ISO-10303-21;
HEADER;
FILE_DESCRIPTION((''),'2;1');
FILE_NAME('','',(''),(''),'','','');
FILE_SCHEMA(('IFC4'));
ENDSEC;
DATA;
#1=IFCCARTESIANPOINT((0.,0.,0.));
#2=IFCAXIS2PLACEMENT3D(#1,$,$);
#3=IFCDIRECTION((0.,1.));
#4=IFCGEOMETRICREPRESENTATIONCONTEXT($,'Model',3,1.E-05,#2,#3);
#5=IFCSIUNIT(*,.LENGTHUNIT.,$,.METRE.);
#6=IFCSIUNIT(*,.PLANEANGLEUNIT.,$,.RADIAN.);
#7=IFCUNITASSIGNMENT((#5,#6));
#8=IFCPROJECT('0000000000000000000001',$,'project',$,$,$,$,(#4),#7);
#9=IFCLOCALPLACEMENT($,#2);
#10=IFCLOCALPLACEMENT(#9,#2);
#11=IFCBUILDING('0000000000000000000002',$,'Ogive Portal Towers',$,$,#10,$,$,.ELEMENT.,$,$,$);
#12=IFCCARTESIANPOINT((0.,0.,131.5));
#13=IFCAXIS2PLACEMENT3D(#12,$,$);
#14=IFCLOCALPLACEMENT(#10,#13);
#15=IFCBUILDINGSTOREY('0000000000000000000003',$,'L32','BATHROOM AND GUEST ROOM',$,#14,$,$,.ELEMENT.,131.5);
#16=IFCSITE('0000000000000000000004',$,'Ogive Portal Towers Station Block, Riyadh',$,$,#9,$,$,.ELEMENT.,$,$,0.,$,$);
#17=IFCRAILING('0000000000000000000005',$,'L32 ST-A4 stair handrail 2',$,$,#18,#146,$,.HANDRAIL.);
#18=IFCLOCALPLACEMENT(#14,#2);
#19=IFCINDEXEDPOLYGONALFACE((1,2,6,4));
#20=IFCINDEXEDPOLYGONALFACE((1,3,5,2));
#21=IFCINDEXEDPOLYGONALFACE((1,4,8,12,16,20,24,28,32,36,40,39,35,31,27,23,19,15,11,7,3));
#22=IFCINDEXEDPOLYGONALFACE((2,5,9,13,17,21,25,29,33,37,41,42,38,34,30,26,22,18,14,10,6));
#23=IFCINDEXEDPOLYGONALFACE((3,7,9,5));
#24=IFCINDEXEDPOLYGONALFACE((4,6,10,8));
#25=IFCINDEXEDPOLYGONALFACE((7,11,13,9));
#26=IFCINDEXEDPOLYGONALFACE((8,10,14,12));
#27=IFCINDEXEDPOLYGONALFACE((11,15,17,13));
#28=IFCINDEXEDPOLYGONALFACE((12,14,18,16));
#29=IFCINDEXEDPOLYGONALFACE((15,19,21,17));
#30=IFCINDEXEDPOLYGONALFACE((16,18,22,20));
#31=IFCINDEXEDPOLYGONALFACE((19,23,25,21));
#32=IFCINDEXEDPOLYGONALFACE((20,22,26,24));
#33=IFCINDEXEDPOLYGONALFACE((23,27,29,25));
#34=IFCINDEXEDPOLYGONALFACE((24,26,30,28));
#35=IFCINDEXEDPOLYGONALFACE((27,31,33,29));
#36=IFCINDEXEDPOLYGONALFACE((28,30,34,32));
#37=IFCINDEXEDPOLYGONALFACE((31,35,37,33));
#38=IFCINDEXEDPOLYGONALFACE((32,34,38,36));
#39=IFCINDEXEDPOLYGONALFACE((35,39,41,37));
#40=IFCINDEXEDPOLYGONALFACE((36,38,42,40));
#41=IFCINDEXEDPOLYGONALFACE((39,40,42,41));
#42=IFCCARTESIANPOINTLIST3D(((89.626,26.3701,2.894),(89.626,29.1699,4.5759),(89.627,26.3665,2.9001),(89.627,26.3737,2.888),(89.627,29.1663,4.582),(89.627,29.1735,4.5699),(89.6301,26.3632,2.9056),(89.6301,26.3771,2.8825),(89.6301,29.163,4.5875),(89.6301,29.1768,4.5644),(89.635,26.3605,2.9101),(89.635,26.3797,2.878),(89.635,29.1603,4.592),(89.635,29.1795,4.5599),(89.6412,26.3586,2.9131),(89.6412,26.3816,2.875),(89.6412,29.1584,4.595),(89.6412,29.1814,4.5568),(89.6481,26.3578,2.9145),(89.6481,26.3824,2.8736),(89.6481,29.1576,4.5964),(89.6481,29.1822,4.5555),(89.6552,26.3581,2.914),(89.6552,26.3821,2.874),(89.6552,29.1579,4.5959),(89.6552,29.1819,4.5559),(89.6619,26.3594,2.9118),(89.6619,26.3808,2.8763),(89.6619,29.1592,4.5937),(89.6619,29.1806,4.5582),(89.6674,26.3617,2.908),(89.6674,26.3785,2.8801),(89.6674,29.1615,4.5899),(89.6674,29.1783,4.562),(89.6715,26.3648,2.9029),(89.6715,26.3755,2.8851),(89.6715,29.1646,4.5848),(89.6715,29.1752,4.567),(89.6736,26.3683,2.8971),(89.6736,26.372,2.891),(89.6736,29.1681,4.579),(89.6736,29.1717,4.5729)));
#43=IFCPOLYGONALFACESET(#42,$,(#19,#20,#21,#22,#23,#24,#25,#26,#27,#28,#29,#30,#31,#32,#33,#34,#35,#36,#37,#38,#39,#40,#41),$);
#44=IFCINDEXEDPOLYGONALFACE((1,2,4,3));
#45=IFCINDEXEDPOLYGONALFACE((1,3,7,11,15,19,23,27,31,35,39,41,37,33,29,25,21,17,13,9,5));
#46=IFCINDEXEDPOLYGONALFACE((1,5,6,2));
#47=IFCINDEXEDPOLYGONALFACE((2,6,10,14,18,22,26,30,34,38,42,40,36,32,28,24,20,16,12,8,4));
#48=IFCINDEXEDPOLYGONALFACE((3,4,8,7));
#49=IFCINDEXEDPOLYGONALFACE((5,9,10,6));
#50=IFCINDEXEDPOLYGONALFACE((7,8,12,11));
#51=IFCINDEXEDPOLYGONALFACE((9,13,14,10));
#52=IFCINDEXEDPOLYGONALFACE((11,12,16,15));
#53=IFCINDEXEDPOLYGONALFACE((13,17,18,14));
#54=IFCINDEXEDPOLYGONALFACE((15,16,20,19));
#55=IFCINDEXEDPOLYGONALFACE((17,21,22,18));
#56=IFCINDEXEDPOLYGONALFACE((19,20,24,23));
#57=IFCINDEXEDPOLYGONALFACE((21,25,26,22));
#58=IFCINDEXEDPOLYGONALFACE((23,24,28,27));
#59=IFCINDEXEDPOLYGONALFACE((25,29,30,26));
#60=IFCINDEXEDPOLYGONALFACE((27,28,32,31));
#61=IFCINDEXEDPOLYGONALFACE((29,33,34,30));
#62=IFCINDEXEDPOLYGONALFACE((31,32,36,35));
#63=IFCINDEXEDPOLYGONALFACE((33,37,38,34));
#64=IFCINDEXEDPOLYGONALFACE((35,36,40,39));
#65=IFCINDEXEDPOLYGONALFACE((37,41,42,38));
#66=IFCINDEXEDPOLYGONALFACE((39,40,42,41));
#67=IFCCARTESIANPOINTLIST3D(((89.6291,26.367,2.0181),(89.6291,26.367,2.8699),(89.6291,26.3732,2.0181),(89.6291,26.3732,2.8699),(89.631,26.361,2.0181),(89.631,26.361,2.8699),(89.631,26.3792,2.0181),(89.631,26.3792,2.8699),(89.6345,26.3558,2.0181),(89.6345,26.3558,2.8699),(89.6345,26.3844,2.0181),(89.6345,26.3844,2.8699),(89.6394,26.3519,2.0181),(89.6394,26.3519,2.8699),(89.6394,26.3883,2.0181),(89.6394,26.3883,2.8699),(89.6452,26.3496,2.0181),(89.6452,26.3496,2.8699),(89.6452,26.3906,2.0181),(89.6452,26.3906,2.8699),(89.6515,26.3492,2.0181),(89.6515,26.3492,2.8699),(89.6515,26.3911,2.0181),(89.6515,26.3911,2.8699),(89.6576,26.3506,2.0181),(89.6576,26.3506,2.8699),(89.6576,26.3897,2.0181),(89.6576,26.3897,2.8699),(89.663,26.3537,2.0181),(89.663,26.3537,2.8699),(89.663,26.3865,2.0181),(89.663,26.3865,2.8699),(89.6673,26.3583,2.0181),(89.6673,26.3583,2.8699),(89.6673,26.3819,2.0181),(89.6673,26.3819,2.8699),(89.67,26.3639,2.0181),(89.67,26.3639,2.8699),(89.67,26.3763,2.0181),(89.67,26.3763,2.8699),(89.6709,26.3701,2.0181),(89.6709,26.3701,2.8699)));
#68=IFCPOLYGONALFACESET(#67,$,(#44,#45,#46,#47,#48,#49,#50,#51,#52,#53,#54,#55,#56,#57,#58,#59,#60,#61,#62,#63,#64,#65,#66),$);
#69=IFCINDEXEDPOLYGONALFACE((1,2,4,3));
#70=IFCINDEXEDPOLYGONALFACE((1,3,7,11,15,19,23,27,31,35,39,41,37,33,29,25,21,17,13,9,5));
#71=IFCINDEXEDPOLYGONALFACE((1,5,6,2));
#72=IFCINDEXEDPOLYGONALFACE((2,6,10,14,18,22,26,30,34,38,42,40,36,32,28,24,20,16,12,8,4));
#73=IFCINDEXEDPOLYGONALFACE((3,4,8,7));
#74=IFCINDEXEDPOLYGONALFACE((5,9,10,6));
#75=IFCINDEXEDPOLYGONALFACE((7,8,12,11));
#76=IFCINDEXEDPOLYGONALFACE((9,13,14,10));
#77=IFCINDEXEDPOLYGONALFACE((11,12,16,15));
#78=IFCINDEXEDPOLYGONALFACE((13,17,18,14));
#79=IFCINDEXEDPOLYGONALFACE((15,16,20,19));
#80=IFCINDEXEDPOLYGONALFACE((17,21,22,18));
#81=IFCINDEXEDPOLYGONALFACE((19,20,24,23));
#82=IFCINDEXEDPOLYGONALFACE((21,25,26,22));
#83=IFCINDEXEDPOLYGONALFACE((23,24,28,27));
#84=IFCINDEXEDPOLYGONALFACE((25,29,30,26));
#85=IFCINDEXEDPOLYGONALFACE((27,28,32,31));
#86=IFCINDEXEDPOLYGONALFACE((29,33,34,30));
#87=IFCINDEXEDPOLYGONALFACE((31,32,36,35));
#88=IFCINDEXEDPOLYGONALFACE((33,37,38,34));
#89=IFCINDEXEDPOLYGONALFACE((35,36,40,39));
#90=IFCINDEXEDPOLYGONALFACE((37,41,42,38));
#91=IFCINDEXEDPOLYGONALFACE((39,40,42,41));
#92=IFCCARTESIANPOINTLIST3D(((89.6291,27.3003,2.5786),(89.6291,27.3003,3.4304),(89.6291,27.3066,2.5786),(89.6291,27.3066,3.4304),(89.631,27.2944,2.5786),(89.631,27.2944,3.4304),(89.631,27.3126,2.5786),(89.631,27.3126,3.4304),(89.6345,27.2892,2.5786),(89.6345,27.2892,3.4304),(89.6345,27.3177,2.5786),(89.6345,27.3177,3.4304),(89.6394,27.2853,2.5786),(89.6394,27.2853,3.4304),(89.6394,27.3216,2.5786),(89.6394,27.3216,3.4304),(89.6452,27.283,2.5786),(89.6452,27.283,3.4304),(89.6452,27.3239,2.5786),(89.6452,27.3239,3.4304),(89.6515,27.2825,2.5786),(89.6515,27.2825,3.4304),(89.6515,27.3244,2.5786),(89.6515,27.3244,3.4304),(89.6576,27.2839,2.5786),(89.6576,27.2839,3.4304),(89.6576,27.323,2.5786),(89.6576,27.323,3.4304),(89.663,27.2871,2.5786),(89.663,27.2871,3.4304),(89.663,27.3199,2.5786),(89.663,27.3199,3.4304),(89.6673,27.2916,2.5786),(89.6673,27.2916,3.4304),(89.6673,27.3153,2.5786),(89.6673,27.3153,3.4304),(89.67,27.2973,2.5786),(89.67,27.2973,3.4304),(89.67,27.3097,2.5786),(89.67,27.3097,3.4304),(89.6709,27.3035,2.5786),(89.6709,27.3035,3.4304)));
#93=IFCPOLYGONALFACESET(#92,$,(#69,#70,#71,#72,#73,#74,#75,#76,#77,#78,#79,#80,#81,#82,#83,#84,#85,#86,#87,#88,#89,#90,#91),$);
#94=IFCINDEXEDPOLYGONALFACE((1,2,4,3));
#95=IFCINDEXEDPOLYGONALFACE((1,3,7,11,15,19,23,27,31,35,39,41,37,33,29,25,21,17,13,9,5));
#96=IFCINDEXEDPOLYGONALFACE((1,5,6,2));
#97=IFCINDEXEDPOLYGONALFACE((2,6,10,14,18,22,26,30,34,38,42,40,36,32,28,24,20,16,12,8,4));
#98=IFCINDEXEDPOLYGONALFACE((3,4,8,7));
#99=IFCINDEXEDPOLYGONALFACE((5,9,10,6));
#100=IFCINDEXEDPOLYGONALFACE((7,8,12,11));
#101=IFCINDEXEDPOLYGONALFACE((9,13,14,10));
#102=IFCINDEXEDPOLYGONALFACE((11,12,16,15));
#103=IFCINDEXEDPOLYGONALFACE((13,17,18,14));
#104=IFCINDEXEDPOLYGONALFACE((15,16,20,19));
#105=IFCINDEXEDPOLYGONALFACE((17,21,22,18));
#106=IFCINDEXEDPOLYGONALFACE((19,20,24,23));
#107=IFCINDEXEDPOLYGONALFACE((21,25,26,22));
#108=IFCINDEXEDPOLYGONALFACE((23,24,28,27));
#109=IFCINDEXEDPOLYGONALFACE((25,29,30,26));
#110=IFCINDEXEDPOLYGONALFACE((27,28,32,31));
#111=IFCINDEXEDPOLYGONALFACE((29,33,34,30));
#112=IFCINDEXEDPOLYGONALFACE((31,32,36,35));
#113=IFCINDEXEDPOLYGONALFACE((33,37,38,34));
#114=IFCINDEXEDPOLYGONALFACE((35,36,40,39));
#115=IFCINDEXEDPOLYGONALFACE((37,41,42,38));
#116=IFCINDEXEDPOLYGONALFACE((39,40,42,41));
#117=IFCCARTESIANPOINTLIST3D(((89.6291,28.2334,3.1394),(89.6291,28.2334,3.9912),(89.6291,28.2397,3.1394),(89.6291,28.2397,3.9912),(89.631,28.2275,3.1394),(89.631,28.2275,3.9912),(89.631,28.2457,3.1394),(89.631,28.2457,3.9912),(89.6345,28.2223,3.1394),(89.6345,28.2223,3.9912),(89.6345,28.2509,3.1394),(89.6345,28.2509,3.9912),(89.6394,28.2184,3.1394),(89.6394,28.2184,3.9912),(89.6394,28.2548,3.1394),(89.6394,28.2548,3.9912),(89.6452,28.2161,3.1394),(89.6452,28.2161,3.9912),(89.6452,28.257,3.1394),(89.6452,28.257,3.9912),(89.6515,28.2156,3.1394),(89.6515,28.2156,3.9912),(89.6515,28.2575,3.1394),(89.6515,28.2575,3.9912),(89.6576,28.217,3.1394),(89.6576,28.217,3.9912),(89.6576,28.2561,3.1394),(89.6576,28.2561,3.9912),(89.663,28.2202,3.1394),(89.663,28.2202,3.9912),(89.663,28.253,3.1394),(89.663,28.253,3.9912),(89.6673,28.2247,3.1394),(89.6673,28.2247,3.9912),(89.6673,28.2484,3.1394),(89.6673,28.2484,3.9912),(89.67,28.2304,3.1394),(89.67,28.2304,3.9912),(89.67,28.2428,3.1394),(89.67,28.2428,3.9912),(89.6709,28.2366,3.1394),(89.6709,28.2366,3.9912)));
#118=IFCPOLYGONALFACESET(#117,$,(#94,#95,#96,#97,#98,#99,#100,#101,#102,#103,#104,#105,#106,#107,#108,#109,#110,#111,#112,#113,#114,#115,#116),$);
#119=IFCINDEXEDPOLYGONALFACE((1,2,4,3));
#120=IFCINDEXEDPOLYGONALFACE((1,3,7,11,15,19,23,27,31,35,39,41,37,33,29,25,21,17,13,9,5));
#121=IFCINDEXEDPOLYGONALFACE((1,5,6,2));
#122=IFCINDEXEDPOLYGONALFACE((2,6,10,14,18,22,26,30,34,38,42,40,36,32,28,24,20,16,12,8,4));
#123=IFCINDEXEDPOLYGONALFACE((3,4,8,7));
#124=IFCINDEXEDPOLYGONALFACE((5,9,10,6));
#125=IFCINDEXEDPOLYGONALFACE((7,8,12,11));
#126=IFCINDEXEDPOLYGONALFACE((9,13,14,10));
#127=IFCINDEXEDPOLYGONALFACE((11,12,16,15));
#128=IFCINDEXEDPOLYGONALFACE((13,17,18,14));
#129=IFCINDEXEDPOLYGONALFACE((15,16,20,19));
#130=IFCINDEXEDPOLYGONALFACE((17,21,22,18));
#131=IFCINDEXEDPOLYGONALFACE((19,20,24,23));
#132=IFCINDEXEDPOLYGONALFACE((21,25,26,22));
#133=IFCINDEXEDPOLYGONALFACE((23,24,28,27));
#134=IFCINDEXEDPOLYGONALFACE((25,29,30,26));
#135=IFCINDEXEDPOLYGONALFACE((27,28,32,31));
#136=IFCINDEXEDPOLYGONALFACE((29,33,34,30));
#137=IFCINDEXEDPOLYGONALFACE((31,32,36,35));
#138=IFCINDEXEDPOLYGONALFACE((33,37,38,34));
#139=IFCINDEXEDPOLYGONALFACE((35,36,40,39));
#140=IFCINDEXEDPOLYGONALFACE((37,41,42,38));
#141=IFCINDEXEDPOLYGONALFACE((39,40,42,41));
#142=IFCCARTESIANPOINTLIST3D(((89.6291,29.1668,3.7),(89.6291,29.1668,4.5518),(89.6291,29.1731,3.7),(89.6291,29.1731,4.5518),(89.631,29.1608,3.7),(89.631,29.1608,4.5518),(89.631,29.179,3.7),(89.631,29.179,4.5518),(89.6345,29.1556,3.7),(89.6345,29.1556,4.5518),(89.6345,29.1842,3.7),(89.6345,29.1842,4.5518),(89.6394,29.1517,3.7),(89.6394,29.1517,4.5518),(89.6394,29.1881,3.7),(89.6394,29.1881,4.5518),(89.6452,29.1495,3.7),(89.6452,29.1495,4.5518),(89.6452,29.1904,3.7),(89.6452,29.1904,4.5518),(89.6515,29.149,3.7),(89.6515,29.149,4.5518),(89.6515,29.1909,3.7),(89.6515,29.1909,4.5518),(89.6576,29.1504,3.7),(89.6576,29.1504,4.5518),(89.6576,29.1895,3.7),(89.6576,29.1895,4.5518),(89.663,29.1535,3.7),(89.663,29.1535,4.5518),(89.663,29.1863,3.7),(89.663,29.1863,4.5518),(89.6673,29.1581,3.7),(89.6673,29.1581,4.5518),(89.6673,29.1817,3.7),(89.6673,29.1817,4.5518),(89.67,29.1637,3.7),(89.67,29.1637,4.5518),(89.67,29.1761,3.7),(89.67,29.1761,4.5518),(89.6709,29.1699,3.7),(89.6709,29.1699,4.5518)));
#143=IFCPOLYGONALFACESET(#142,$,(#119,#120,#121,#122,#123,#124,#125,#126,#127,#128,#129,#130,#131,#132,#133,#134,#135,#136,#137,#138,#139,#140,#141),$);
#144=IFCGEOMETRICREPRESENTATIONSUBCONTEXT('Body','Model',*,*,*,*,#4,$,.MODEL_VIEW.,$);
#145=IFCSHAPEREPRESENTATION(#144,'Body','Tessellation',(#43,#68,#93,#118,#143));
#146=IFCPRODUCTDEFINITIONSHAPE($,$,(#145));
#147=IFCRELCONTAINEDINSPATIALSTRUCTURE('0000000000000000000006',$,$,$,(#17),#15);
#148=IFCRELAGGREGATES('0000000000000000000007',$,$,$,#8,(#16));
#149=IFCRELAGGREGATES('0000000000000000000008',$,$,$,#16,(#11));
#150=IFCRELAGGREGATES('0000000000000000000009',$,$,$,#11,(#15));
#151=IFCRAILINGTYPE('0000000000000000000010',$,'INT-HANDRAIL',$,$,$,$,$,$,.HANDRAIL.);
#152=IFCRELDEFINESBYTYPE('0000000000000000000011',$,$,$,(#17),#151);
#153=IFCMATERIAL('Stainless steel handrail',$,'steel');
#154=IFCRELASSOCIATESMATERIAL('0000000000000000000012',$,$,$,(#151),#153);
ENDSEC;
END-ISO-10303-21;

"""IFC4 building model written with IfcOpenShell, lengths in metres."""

from ifc_helpers import new_model, si_unit, direction, frame, origin, origin_2d, place, context, subcontext, project, spatial, circle, extrude, material, type_object, element, save


model = new_model("IFC4")

# Units and contexts
model_context = context("Model", 3, precision=1e-05, world=origin(), true_north=direction((0.0, 1.0)))
body_context = subcontext(model_context, "Body", "Model", "MODEL_VIEW")
ifc_project = project(units=[si_unit("LENGTHUNIT", "METRE"), si_unit("PLANEANGLEUNIT", "RADIAN")], contexts=[model_context])

# Site, building, storey
site_placement = place(None, origin())
site = spatial("IfcSite", under=ifc_project, at=site_placement, Name="Ogive Portal Towers Station Block, Riyadh", CompositionType="ELEMENT", RefElevation=0.0)
building_placement = place(site_placement, origin())
building = spatial("IfcBuilding", under=site, at=building_placement, Name="Ogive Portal Towers", CompositionType="ELEMENT")
storey_placement = place(building_placement, frame((0.0, 0.0, 131.5)))
storey = spatial("IfcBuildingStorey", under=building, at=storey_placement, Name="L32", Description="BATHROOM AND GUEST ROOM", CompositionType="ELEMENT", Elevation=131.5)

# Railing
ifc_material_1 = material(Name="Stainless steel handrail", Category="steel")
railing_type_1 = type_object("IfcRailingType", Name="INT-HANDRAIL", PredefinedType="HANDRAIL", material=ifc_material_1)
railing_1_placement = place(storey_placement, frame((89.6499, 26.3701, 2.0181)))
element("IfcRailing", 1, at=railing_1_placement, inside=storey, type_object=railing_type_1, Name="L32 ST-A4 stair handrail 2", PredefinedType="HANDRAIL", context=body_context, shape_type="SweptSolid", body=[
    extrude(circle(Radius=0.0239, at=origin_2d()), frame((0.0, 0.0, 0.876), z_axis=(0.0, 0.857222, 0.514946), x_axis=(-1.0, 0.0, 0.0)), (0.0, 0.0, 1.0), 3.2661),
    extrude(circle(Radius=0.021, at=origin_2d()), origin(), (0.0, 0.0, 1.0), 0.8518),
    extrude(circle(Radius=0.021, at=origin_2d()), frame((0.0, 0.9333, 0.5605)), (0.0, 0.0, 1.0), 0.8518),
    extrude(circle(Radius=0.021, at=origin_2d()), frame((0.0, 1.8665, 1.1213)), (0.0, 0.0, 1.0), 0.8518),
    extrude(circle(Radius=0.021, at=origin_2d()), frame((0.0, 2.7998, 1.6819)), (0.0, 0.0, 1.0), 0.8518),
])

save(model, "model.ifc")
